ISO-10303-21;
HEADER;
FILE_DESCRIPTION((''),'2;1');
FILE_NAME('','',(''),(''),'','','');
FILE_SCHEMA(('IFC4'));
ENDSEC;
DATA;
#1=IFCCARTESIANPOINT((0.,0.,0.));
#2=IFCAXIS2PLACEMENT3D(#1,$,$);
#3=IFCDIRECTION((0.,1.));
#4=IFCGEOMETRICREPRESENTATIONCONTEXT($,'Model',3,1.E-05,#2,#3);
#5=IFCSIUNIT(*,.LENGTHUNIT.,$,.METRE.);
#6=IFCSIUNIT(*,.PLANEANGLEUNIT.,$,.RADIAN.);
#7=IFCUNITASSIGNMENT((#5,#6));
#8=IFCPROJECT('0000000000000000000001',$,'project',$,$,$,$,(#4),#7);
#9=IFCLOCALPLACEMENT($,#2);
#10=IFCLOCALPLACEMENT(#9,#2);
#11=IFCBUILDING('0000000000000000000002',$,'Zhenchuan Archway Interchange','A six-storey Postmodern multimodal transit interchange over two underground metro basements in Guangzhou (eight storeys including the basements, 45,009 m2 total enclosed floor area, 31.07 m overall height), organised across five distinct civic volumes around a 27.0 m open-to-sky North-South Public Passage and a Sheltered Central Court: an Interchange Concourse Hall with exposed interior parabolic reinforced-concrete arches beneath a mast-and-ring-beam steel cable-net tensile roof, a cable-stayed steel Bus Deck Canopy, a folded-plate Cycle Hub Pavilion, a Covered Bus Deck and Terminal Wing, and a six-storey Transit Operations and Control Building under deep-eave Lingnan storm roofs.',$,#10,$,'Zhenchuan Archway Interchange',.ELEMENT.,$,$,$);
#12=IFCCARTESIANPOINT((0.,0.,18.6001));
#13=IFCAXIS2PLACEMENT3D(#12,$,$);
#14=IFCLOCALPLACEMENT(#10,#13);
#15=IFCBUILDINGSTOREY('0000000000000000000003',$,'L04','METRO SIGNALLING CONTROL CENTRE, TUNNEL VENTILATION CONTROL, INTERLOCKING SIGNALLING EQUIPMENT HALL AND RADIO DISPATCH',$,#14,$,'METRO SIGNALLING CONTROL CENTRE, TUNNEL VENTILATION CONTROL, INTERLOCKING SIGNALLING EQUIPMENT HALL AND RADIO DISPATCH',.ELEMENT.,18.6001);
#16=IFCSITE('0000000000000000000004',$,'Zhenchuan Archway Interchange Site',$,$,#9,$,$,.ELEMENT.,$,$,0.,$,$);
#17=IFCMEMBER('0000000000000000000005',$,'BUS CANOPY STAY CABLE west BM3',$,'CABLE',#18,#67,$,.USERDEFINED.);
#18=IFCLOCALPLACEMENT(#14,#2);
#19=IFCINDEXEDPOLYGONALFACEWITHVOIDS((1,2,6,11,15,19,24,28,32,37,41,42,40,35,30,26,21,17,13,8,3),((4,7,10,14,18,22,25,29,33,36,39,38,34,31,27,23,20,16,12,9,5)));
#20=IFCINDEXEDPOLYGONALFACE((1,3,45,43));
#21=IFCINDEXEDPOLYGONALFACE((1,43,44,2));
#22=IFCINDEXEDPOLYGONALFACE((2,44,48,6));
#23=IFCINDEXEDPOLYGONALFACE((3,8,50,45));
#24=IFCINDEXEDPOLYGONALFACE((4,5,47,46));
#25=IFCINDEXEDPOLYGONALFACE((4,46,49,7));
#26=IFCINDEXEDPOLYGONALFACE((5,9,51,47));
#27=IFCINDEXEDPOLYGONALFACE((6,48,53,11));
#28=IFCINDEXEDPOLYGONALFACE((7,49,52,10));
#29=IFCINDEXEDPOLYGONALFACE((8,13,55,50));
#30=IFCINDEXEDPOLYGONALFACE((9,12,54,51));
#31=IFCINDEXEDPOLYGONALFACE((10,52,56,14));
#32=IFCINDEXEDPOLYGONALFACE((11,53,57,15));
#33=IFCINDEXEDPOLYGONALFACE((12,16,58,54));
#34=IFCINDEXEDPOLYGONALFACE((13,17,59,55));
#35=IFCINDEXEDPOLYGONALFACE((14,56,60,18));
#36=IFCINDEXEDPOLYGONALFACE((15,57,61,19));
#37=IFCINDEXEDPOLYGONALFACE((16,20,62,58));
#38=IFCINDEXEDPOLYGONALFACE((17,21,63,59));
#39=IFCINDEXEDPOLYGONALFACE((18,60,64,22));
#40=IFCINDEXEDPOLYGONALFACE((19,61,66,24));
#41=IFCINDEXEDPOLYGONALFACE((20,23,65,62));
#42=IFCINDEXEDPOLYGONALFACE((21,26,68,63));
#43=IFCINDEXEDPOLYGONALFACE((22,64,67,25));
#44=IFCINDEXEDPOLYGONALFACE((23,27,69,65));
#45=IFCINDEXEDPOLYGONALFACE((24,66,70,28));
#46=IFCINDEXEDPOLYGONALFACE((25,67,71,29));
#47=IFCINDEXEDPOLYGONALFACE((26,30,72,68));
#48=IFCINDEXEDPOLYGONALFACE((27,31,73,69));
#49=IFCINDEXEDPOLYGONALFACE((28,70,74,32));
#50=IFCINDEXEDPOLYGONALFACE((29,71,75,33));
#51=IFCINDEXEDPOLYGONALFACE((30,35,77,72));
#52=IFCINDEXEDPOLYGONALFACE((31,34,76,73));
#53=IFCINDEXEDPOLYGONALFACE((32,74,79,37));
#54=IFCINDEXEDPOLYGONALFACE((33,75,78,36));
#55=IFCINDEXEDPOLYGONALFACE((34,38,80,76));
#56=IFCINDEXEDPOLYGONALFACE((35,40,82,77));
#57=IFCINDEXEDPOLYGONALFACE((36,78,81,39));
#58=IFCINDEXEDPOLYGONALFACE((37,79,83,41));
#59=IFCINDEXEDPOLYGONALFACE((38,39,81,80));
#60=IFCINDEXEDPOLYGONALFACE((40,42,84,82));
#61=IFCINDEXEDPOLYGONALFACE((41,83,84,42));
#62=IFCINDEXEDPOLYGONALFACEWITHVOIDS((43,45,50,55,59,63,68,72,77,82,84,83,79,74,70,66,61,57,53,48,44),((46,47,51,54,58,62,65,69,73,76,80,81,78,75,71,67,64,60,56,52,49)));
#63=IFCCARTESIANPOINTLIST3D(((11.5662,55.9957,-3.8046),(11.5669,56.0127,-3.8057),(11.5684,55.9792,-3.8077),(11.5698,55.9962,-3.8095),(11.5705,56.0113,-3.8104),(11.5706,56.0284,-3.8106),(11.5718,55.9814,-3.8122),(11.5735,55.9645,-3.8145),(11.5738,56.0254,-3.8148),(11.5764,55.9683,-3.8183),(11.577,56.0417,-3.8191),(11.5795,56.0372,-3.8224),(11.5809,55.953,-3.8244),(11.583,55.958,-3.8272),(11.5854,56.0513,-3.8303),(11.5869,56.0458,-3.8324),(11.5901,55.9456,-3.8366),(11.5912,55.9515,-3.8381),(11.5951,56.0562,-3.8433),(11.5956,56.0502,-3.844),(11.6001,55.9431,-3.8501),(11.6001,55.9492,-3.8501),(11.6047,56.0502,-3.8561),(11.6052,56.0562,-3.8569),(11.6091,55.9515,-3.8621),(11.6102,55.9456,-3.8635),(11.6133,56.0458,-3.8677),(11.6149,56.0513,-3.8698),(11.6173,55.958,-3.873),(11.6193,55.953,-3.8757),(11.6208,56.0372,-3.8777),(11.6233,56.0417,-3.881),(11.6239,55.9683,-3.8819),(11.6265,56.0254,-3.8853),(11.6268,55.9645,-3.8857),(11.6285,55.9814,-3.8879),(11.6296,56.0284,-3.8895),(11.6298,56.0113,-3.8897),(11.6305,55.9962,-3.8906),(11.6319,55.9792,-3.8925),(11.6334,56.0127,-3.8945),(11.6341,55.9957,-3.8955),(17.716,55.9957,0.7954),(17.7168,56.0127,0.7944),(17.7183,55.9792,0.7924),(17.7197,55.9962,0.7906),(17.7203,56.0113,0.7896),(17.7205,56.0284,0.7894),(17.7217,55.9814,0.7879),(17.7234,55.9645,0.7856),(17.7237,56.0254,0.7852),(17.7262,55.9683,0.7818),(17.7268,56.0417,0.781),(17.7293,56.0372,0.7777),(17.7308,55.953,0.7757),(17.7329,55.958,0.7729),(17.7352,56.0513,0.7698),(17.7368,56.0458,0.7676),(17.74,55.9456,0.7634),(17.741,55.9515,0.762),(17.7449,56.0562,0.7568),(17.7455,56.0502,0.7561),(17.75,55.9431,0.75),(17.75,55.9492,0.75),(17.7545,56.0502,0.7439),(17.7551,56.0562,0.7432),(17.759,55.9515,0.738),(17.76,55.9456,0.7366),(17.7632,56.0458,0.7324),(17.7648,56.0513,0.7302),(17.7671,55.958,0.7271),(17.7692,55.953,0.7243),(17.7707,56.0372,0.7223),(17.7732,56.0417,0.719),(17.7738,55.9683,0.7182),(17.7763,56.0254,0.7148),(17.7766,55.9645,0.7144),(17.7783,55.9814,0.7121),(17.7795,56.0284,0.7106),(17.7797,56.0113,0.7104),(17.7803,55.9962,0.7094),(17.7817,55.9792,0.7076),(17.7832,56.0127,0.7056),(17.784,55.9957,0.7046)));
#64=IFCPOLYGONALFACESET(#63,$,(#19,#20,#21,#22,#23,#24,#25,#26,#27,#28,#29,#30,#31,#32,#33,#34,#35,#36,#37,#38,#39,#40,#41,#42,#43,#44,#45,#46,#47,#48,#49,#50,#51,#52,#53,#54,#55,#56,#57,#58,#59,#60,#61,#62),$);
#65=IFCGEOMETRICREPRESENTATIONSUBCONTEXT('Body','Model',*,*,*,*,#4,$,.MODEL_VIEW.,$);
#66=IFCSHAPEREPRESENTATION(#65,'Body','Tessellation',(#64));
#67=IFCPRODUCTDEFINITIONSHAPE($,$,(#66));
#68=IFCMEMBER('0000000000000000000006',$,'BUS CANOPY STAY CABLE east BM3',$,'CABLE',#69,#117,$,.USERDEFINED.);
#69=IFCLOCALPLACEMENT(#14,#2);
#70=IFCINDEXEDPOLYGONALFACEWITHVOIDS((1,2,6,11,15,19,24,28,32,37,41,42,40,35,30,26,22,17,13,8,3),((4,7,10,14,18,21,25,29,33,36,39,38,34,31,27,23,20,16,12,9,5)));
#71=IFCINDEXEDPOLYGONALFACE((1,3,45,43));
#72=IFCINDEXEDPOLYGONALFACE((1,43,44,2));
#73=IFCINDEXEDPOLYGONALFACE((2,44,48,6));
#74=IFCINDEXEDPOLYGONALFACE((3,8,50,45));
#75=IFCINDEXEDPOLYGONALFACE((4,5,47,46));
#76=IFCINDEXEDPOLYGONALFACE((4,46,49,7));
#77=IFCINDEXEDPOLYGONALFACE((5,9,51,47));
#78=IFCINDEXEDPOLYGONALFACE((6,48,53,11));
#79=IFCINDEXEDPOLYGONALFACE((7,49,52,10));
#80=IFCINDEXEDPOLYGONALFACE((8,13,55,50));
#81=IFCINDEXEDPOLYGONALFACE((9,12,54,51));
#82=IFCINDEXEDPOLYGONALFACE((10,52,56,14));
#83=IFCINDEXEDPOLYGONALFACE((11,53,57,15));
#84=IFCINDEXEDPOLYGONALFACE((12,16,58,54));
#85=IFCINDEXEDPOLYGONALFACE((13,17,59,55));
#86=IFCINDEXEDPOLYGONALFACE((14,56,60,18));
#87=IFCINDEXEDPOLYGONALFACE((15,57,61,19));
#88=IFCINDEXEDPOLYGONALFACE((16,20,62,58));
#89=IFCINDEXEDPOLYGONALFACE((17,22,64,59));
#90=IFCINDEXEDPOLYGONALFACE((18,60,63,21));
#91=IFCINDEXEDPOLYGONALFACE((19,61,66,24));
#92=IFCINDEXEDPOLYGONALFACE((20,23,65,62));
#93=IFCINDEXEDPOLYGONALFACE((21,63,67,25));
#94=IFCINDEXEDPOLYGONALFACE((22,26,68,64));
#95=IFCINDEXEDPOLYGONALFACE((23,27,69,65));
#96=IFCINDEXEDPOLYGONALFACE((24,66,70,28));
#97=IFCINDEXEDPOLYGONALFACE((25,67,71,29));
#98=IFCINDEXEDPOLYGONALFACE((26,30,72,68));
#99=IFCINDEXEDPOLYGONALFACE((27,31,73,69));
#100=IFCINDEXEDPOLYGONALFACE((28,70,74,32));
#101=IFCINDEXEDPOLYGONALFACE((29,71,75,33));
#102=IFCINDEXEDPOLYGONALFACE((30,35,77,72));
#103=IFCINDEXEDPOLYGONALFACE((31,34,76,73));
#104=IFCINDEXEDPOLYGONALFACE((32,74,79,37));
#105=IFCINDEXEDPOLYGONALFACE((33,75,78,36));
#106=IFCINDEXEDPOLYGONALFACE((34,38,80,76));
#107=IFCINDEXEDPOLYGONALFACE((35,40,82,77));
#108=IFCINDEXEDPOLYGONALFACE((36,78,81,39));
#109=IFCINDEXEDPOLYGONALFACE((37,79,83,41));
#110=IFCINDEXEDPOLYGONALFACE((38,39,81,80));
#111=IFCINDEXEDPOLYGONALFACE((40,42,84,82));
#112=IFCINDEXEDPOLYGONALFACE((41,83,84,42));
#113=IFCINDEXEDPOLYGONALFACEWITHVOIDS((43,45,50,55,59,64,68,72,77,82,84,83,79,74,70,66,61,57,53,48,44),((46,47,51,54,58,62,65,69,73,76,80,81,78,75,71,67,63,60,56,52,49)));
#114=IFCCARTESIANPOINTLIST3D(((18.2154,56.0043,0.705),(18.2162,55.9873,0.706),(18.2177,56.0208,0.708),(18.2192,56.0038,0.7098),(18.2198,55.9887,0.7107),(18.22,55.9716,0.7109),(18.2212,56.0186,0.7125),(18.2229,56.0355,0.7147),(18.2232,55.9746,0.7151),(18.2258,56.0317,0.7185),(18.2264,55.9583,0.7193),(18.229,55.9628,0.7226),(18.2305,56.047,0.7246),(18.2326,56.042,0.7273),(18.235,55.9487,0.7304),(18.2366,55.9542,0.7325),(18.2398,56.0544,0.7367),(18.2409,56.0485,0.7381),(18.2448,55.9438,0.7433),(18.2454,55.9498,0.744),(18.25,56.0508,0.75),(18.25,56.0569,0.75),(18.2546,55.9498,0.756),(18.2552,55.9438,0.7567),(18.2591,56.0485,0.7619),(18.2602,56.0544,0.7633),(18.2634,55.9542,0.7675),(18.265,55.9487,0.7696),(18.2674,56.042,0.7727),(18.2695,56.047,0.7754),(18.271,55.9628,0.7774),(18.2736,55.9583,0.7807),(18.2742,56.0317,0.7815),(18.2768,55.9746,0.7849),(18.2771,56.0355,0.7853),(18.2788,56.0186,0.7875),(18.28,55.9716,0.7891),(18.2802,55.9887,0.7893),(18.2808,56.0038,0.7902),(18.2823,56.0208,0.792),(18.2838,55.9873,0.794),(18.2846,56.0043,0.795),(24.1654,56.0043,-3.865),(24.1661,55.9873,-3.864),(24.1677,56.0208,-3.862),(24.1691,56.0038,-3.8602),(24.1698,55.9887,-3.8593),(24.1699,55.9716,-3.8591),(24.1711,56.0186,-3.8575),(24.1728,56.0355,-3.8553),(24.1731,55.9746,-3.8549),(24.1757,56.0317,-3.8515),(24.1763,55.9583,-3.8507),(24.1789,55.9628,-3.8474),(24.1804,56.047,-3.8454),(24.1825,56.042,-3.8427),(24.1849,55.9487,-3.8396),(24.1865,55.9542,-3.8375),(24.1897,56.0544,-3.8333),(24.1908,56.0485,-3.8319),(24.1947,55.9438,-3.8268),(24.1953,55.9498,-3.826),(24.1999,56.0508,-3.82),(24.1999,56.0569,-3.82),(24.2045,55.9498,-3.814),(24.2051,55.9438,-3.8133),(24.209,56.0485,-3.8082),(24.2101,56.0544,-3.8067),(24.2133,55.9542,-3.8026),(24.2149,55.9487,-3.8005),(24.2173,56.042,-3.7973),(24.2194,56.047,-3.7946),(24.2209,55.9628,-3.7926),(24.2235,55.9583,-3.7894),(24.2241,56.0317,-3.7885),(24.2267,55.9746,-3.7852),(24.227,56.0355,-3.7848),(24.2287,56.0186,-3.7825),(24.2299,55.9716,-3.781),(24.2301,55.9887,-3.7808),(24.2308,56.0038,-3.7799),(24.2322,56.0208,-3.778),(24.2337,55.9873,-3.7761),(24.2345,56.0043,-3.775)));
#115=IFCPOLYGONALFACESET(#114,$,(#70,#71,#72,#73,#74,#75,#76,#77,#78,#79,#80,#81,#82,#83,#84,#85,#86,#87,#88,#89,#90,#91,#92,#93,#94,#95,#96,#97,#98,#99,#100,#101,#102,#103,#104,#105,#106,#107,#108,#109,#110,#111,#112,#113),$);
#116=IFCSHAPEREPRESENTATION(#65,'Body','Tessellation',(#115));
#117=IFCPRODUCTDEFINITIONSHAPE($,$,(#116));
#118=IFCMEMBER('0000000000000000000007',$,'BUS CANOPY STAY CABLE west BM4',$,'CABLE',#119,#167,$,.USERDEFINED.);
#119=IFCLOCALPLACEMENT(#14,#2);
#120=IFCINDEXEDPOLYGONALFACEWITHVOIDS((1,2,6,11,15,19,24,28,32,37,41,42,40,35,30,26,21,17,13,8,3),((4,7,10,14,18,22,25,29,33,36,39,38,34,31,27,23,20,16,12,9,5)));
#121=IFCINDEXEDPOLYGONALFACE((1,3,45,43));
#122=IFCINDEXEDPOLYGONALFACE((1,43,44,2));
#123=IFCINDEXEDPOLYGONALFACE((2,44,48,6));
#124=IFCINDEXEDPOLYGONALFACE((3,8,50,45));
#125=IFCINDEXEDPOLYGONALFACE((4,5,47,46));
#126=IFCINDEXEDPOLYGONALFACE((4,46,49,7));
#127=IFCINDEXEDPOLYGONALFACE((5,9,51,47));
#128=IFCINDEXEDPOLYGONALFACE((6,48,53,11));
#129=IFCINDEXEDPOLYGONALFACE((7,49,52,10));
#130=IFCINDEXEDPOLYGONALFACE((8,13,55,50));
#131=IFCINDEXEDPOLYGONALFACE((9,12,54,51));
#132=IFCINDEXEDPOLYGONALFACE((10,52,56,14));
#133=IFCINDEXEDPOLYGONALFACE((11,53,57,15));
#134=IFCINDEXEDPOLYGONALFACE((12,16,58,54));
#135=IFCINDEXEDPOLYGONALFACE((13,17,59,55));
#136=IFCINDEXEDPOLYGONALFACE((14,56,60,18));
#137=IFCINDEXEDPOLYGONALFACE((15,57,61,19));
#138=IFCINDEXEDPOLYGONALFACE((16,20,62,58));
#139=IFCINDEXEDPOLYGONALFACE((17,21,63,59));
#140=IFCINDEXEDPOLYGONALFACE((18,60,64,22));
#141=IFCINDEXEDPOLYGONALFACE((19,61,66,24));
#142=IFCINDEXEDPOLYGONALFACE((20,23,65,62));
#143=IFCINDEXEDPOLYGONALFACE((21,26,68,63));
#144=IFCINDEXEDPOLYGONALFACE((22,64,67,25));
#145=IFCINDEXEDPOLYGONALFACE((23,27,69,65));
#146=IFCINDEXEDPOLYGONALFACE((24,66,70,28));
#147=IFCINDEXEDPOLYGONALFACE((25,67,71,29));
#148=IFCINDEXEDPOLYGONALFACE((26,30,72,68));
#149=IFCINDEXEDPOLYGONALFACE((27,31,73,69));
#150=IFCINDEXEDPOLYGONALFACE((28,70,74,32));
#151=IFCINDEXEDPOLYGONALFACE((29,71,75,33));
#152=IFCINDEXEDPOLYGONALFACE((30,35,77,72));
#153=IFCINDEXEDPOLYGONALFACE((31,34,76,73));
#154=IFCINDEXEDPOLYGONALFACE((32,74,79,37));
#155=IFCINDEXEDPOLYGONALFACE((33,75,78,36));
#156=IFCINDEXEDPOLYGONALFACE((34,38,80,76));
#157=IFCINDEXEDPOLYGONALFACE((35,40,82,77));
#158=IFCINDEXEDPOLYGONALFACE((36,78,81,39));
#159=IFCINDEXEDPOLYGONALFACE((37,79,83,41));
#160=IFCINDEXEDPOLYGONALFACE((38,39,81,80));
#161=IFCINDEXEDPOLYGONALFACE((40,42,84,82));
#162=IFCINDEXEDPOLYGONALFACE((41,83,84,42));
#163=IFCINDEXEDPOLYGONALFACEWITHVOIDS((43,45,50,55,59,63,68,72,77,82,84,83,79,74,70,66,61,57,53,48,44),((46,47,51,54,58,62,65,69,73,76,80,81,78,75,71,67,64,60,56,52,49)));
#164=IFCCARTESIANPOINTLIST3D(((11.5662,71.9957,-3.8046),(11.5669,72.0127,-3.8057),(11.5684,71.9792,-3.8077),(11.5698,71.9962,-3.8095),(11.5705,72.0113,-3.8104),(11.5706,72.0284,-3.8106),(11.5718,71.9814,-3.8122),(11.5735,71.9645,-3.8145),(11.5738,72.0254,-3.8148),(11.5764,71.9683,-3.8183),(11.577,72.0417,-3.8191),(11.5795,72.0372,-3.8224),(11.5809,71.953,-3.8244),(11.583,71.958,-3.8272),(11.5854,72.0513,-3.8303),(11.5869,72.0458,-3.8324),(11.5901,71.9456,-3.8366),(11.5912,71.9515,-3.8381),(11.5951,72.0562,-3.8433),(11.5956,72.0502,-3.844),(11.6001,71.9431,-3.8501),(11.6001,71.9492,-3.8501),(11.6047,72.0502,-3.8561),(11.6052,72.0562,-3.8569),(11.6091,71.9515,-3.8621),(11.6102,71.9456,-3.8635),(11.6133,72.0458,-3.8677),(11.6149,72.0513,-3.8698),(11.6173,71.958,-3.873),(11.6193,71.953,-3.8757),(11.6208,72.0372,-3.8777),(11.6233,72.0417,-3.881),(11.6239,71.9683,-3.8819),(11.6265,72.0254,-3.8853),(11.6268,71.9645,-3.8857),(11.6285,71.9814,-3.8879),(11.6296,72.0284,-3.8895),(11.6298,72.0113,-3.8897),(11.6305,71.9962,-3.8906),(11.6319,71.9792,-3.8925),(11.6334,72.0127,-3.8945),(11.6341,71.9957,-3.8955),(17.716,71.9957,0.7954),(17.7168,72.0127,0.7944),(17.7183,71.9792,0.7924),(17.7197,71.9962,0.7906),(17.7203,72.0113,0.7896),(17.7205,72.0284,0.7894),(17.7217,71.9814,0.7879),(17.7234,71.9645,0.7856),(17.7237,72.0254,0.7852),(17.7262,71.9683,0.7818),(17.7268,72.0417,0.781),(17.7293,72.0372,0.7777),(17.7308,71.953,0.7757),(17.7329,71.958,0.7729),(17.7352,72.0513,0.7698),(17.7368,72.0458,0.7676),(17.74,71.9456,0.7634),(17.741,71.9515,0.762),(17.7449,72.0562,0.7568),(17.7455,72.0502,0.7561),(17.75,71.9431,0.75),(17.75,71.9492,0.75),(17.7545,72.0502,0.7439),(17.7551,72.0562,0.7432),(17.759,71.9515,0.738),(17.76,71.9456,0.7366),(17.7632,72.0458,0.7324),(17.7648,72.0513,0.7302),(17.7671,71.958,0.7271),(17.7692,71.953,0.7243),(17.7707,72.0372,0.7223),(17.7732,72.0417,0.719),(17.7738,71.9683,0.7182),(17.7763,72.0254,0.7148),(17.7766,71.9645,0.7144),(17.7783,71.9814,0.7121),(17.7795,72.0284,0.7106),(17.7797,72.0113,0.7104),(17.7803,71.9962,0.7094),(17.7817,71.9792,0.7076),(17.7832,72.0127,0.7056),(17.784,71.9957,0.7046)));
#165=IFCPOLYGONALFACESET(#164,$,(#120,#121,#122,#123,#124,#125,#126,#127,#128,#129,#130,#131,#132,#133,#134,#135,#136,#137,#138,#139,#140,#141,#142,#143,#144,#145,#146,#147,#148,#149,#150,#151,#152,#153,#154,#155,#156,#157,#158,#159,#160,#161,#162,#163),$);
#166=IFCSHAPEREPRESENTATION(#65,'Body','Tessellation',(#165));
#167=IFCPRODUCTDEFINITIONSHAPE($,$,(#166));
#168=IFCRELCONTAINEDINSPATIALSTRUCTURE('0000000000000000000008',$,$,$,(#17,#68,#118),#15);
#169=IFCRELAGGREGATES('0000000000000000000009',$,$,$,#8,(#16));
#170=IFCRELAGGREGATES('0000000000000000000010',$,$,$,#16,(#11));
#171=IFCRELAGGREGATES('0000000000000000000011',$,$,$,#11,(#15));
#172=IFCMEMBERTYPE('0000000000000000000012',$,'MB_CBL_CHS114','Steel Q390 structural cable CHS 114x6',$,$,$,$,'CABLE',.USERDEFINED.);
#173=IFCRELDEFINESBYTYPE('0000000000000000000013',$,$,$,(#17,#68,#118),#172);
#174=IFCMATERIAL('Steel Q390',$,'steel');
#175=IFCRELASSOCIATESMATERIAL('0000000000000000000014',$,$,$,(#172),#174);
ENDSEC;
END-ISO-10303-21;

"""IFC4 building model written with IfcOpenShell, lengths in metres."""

from ifc_helpers import new_model, si_unit, direction, frame, origin, origin_2d, place, context, subcontext, project, spatial, hollow_circle, extrude, material, material_profile, profile_set, type_object, element, save


model = new_model("IFC4")

# Units and contexts
model_context = context("Model", 3, precision=1e-05, world=origin(), true_north=direction((0.0, 1.0)))
body_context = subcontext(model_context, "Body", "Model", "MODEL_VIEW")
ifc_project = project(units=[si_unit("LENGTHUNIT", "METRE"), si_unit("PLANEANGLEUNIT", "RADIAN")], contexts=[model_context])

# Site, building, storey
site_placement = place(None, origin())
site = spatial("IfcSite", under=ifc_project, at=site_placement, Name="Zhenchuan Archway Interchange Site", CompositionType="ELEMENT", RefElevation=0.0)
building_placement = place(site_placement, origin())
building = spatial("IfcBuilding", under=site, at=building_placement, Name="Zhenchuan Archway Interchange", Description="A six-storey Postmodern multimodal transit interchange over two underground metro basements in Guangzhou (eight storeys including the basements, 45,009 m2 total enclosed floor area, 31.07 m overall height), organised across five distinct civic volumes around a 27.0 m open-to-sky North-South Public Passage and a Sheltered Central Court: an Interchange Concourse Hall with exposed interior parabolic reinforced-concrete arches beneath a mast-and-ring-beam steel cable-net tensile roof, a cable-stayed steel Bus Deck Canopy, a folded-plate Cycle Hub Pavilion, a Covered Bus Deck and Terminal Wing, and a six-storey Transit Operations and Control Building under deep-eave Lingnan storm roofs.", LongName="Zhenchuan Archway Interchange", CompositionType="ELEMENT")
storey_placement = place(building_placement, frame((0.0, 0.0, 18.6001)))
storey = spatial("IfcBuildingStorey", under=building, at=storey_placement, Name="L04", Description="METRO SIGNALLING CONTROL CENTRE, TUNNEL VENTILATION CONTROL, INTERLOCKING SIGNALLING EQUIPMENT HALL AND RADIO DISPATCH", LongName="METRO SIGNALLING CONTROL CENTRE, TUNNEL VENTILATION CONTROL, INTERLOCKING SIGNALLING EQUIPMENT HALL AND RADIO DISPATCH", CompositionType="ELEMENT", Elevation=18.6001)

# Shared definitions
ifc_material_1 = material(Name="Steel Q390", Category="steel")

# Members
ifc_material_profile_1 = material_profile(ifc_material_1, hollow_circle(Radius=0.0569, WallThickness=0.0061, at=origin_2d()), Name="CHS 114x6")
ifc_profile_set_1 = profile_set([ifc_material_profile_1], Name="Steel Q390")
member_type_1 = type_object("IfcMemberType", Name="MB_CBL_CHS114", Description="Steel Q390 structural cable CHS 114x6", ElementType="CABLE", PredefinedType="USERDEFINED", material=ifc_profile_set_1)
member_1_placement = place(storey_placement, frame((17.75, 56.0, 0.75), z_axis=(-0.80077, 0.0, -0.598972), x_axis=(0.0, -1.0, 0.0)))
element("IfcMember", 1, at=member_1_placement, inside=storey, type_object=member_type_1, Name="BUS CANOPY STAY CABLE west BM3", ObjectType="CABLE", PredefinedType="USERDEFINED", context=body_context, shape_type="SweptSolid", body=[
    extrude(hollow_circle(Radius=0.0569, WallThickness=0.0061, at=origin_2d()), origin(), (0.0, 0.0, 1.0), 7.6799),
])
member_2_placement = place(storey_placement, frame((18.25, 56.0, 0.75), z_axis=(0.793063, 0.0, -0.60914), x_axis=(0.0, 1.0, 0.0)))
element("IfcMember", 2, at=member_2_placement, inside=storey, type_object=member_type_1, Name="BUS CANOPY STAY CABLE east BM3", ObjectType="CABLE", PredefinedType="USERDEFINED", context=body_context, shape_type="SweptSolid", body=[
    extrude(hollow_circle(Radius=0.0569, WallThickness=0.0061, at=origin_2d()), origin(), (0.0, 0.0, 1.0), 7.5024),
])
member_3_placement = place(storey_placement, frame((17.75, 72.0, 0.75), z_axis=(-0.80077, 0.0, -0.598972), x_axis=(0.0, -1.0, 0.0)))
element("IfcMember", 3, at=member_3_placement, inside=storey, type_object=member_type_1, Name="BUS CANOPY STAY CABLE west BM4", ObjectType="CABLE", PredefinedType="USERDEFINED", context=body_context, shape_type="SweptSolid", body=[
    extrude(hollow_circle(Radius=0.0569, WallThickness=0.0061, at=origin_2d()), origin(), (0.0, 0.0, 1.0), 7.6799),
])

save(model, "model.ifc")
